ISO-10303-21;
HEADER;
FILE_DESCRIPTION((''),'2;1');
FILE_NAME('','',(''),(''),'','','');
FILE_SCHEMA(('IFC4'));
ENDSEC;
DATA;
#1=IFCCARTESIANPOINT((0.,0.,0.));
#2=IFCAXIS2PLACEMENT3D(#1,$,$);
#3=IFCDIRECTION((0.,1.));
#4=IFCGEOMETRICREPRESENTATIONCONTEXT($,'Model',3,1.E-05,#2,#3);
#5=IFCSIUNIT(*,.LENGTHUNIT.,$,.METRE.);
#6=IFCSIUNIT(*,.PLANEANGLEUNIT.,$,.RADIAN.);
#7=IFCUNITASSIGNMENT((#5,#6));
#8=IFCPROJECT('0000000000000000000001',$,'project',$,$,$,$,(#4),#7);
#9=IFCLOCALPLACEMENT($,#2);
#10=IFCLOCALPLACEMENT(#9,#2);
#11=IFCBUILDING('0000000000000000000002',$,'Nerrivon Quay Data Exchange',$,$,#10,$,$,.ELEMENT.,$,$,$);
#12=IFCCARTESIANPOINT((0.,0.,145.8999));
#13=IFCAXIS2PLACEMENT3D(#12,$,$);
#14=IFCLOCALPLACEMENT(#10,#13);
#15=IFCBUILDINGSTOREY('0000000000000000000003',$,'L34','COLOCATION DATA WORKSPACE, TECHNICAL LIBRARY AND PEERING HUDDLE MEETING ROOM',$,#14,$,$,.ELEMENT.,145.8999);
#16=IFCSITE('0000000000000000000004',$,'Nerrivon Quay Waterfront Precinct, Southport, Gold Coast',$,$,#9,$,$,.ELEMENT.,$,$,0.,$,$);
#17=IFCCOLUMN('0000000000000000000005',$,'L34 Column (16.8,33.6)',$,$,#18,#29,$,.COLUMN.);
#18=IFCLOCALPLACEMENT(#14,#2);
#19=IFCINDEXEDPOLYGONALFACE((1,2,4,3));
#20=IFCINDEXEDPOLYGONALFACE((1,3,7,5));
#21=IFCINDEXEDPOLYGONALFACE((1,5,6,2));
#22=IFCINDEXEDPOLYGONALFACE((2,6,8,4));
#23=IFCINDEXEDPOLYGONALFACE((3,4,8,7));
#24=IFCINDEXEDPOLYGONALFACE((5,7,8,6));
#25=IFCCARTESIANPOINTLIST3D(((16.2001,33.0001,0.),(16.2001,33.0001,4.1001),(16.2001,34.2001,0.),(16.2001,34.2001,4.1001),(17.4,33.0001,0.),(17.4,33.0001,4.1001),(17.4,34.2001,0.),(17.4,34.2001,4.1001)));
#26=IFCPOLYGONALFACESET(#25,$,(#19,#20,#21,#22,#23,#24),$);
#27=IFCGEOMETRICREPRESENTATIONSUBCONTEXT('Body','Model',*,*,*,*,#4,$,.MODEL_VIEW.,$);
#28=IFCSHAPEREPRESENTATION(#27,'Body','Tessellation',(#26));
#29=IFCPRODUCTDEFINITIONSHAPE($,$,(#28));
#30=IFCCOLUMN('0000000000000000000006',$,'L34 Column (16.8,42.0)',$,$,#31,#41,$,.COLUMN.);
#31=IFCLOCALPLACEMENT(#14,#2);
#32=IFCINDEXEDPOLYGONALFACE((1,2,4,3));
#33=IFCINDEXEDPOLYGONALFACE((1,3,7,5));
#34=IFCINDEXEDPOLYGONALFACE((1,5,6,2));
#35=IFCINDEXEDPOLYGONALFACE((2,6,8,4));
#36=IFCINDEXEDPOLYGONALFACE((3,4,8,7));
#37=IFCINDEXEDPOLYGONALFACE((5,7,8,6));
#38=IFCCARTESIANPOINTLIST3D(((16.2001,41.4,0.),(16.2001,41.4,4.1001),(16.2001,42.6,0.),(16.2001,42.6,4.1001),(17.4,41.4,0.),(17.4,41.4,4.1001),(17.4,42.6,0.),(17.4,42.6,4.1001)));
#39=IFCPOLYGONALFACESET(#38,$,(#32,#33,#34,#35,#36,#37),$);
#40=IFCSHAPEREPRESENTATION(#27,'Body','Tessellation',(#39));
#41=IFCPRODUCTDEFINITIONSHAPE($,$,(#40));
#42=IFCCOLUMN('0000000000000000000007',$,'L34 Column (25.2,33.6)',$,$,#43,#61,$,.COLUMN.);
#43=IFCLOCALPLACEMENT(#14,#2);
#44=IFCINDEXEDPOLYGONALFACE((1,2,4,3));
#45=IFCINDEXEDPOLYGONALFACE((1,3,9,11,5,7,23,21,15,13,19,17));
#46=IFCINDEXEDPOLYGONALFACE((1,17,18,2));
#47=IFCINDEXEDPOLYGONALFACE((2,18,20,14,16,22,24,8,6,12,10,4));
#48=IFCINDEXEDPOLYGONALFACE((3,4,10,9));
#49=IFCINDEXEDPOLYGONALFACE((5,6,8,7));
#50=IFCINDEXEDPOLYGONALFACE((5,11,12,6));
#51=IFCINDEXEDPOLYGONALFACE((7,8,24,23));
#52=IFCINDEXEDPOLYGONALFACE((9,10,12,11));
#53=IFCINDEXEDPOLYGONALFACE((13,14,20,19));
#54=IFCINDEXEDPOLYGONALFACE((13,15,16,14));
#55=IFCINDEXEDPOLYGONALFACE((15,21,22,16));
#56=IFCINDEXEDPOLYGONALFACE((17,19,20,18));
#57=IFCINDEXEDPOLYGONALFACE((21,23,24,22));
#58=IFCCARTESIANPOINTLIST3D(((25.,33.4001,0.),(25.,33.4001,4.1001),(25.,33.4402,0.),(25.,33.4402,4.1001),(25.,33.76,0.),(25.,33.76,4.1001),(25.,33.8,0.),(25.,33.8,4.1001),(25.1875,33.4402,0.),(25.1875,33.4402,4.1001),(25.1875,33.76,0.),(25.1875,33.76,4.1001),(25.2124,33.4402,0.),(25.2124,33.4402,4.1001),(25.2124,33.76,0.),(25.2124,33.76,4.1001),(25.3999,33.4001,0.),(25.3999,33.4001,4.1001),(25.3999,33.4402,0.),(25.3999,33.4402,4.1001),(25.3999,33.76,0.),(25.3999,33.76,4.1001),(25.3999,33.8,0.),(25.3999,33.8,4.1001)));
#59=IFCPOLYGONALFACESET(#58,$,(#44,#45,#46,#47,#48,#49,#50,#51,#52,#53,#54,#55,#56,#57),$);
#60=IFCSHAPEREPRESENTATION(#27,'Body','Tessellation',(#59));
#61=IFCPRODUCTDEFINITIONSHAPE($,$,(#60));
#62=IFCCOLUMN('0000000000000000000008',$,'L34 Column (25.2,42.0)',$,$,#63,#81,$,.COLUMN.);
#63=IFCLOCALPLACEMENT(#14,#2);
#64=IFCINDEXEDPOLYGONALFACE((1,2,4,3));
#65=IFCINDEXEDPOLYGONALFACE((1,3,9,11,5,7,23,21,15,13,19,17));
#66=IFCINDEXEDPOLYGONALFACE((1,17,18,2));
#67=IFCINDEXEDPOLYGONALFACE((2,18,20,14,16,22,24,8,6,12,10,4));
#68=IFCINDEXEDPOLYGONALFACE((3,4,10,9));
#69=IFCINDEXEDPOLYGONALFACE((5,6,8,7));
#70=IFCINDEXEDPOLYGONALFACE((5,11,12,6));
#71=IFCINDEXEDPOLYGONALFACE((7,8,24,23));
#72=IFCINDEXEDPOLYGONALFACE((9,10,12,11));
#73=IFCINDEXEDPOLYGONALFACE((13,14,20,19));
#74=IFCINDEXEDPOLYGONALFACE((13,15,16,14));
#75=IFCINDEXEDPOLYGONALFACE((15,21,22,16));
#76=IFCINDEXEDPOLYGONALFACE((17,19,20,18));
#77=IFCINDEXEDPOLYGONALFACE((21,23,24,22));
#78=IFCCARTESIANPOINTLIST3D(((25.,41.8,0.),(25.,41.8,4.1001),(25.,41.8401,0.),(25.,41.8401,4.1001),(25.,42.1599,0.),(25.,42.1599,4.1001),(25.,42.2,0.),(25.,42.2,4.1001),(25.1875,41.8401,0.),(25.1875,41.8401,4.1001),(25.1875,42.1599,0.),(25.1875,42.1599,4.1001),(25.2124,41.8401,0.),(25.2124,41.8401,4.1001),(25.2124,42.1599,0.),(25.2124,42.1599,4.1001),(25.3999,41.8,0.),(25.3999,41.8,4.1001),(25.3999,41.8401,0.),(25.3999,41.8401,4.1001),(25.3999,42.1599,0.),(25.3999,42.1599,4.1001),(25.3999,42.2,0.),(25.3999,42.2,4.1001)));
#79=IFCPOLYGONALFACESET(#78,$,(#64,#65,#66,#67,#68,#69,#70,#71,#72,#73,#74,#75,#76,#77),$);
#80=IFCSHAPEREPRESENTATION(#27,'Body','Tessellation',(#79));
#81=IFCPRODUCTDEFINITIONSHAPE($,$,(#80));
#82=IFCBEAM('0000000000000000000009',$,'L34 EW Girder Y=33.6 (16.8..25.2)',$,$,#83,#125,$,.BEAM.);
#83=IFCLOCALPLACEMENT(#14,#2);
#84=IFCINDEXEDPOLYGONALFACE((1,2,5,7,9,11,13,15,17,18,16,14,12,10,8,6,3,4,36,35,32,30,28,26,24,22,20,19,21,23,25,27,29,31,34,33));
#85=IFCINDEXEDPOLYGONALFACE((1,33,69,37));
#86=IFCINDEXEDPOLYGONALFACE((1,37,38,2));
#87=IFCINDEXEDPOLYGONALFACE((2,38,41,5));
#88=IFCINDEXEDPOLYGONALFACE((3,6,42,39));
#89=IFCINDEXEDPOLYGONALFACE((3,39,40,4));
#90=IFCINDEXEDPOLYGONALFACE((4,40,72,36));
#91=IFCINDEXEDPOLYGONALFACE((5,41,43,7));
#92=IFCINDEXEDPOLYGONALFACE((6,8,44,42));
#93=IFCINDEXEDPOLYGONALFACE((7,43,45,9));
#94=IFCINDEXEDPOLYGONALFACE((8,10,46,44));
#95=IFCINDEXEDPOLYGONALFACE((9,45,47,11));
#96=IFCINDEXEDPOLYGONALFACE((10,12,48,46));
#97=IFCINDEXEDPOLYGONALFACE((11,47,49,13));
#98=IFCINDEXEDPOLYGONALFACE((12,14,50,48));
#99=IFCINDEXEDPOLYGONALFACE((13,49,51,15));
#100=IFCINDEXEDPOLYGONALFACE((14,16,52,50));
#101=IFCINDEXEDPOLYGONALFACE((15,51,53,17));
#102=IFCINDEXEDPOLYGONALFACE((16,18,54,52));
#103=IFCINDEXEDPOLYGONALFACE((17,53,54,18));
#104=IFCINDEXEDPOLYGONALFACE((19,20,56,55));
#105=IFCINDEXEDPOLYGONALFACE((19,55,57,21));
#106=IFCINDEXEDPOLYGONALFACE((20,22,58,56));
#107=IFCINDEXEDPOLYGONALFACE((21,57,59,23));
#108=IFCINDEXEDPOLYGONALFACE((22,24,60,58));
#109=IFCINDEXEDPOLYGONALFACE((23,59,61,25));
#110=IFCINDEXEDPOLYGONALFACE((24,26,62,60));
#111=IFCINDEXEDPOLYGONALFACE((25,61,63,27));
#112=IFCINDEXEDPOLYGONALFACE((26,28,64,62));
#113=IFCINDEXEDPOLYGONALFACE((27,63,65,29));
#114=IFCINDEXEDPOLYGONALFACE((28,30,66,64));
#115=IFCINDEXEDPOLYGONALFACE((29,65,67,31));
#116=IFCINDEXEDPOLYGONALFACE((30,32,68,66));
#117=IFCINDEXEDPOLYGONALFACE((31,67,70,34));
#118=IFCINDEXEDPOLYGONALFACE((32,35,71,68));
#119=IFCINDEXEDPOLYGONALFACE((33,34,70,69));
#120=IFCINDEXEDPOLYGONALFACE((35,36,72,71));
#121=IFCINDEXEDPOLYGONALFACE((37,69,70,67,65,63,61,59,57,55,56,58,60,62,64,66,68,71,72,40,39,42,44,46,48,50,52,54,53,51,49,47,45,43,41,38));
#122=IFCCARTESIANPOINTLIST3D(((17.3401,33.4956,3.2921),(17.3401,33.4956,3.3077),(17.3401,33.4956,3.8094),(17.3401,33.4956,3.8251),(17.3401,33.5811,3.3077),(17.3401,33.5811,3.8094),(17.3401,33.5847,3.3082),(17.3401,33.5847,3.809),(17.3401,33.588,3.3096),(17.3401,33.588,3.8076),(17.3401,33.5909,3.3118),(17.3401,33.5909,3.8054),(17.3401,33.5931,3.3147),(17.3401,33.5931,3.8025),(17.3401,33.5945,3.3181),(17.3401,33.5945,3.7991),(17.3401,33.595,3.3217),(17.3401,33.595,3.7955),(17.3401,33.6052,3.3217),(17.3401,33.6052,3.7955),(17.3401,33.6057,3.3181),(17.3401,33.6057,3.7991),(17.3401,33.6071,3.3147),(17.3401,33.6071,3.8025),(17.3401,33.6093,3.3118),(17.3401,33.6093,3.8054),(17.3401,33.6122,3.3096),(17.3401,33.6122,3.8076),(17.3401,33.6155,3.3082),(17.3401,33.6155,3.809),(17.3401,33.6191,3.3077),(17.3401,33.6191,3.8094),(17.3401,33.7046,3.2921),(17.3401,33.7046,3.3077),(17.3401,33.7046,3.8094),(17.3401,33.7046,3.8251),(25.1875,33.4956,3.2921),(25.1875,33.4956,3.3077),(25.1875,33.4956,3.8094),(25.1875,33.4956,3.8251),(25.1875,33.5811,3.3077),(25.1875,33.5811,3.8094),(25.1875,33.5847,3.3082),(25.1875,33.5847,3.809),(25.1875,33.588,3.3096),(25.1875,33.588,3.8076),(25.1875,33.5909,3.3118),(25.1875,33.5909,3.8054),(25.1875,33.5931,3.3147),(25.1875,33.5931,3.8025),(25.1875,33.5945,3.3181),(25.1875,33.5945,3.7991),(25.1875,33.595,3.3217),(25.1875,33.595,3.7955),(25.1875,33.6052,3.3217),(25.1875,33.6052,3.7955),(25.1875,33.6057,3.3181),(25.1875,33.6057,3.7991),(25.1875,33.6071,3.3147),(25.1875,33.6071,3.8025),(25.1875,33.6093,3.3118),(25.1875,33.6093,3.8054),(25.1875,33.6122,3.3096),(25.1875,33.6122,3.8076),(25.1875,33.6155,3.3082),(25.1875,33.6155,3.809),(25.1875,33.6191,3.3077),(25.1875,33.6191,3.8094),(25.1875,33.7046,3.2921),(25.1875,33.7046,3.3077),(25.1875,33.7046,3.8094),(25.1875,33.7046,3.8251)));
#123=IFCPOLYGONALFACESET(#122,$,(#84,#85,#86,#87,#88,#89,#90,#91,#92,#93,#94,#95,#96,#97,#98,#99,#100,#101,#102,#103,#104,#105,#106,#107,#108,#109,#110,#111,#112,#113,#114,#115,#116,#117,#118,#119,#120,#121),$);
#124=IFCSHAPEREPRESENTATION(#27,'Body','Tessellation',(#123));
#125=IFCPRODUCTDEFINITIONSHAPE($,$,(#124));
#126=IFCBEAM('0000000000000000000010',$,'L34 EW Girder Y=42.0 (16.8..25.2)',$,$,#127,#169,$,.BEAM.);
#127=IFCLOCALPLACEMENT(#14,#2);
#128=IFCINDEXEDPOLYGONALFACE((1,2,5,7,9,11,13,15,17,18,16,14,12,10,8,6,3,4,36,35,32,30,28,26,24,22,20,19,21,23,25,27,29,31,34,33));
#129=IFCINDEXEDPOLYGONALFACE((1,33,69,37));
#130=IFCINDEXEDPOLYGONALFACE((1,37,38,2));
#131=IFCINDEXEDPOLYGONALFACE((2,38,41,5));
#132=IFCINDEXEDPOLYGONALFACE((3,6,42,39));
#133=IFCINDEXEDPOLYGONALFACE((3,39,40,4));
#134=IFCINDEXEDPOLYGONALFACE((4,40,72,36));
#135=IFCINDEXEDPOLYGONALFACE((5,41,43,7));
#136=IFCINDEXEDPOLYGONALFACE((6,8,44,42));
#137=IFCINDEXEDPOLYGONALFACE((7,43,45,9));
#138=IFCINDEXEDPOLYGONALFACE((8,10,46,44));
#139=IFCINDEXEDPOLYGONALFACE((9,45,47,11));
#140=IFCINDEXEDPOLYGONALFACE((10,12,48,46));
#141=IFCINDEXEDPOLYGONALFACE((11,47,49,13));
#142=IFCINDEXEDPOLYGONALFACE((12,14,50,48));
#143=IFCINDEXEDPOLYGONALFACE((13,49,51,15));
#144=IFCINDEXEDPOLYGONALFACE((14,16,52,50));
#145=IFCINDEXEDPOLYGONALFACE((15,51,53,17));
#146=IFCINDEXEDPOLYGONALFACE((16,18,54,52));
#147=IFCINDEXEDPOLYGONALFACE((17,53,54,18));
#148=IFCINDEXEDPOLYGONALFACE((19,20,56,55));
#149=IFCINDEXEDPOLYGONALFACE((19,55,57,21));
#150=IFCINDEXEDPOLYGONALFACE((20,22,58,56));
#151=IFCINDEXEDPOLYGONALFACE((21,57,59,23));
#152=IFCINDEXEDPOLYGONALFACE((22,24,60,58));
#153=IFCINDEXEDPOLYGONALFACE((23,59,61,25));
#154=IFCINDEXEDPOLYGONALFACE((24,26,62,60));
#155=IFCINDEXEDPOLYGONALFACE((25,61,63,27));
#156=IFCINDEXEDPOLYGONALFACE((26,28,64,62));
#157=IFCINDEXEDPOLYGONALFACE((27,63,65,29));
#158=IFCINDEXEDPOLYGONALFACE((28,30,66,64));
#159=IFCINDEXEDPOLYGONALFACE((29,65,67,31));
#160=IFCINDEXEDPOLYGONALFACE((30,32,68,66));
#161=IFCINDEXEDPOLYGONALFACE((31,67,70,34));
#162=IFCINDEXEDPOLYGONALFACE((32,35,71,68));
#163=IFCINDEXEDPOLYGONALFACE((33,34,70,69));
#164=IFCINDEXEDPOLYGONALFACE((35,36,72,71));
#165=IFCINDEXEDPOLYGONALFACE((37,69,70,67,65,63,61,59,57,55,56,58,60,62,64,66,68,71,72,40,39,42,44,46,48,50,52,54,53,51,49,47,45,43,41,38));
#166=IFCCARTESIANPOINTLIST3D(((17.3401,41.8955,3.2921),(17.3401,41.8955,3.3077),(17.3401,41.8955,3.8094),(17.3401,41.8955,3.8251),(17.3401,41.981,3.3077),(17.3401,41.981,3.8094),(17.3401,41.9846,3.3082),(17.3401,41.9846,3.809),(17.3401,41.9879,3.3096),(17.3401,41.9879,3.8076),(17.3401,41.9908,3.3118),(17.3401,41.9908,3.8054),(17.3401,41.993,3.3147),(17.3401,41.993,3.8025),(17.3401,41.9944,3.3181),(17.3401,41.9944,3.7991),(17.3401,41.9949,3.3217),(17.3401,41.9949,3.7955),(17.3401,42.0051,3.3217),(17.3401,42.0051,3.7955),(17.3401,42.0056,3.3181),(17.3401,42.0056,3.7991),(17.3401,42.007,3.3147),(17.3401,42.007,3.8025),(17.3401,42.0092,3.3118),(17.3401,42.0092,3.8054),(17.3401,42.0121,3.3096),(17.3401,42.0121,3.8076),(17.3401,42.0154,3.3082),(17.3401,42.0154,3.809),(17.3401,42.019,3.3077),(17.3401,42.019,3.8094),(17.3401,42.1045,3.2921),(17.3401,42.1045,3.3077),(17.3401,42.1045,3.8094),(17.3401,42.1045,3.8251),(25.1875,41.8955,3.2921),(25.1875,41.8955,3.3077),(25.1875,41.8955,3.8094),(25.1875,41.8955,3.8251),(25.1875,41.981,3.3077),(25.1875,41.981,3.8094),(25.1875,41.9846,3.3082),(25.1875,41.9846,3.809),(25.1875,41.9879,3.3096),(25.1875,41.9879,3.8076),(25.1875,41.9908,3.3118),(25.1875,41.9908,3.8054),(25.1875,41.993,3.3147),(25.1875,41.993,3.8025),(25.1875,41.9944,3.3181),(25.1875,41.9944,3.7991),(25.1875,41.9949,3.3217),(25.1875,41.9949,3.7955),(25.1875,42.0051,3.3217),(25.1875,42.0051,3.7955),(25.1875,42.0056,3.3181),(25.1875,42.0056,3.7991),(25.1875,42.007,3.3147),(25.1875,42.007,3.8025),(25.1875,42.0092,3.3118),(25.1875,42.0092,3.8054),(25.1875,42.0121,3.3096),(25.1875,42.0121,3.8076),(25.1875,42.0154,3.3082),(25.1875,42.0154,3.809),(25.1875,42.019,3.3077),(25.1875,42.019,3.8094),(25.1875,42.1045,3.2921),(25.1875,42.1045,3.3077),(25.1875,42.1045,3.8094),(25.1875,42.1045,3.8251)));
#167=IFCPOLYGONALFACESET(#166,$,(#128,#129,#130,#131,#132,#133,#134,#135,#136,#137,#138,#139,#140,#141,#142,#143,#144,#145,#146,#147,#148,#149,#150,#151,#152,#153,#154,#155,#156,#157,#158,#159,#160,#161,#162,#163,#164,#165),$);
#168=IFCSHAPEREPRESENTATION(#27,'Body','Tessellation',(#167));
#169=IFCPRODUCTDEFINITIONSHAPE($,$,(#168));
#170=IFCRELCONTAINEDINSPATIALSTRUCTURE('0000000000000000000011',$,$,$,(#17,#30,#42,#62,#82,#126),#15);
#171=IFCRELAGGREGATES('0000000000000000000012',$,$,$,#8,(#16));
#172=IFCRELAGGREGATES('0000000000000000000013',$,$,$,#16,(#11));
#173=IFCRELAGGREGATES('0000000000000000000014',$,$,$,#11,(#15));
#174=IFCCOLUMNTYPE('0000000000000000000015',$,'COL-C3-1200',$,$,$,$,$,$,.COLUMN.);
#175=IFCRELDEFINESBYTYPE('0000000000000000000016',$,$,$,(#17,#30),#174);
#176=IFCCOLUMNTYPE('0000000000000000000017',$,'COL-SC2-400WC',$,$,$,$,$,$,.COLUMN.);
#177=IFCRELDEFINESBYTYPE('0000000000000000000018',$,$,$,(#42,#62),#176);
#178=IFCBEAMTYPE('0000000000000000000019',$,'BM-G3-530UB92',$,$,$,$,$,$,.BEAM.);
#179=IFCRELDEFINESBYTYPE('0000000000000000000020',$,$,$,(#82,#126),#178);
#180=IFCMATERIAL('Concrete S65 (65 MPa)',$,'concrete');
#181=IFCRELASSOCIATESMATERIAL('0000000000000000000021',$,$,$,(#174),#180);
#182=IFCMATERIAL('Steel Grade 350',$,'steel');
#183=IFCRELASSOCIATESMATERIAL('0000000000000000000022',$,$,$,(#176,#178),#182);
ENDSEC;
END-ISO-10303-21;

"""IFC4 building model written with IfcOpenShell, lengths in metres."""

from ifc_helpers import new_model, si_unit, direction, frame, origin, origin_2d, place, context, subcontext, project, spatial, rectangle, i_section, extrude, material, material_profile, profile_set, type_object, element, save


model = new_model("IFC4")

# Units and contexts
model_context = context("Model", 3, precision=1e-05, world=origin(), true_north=direction((0.0, 1.0)))
body_context = subcontext(model_context, "Body", "Model", "MODEL_VIEW")
ifc_project = project(units=[si_unit("LENGTHUNIT", "METRE"), si_unit("PLANEANGLEUNIT", "RADIAN")], contexts=[model_context])

# Site, building, storey
site_placement = place(None, origin())
site = spatial("IfcSite", under=ifc_project, at=site_placement, Name="Nerrivon Quay Waterfront Precinct, Southport, Gold Coast", CompositionType="ELEMENT", RefElevation=0.0)
building_placement = place(site_placement, origin())
building = spatial("IfcBuilding", under=site, at=building_placement, Name="Nerrivon Quay Data Exchange", CompositionType="ELEMENT")
storey_placement = place(building_placement, frame((0.0, 0.0, 145.8999)))
storey = spatial("IfcBuildingStorey", under=building, at=storey_placement, Name="L34", Description="COLOCATION DATA WORKSPACE, TECHNICAL LIBRARY AND PEERING HUDDLE MEETING ROOM", CompositionType="ELEMENT", Elevation=145.8999)

# Columns
ifc_material_1 = material(Name="Concrete S65 (65 MPa)", Category="concrete")
ifc_material_profile_1 = material_profile(ifc_material_1, rectangle(XDim=1.2, YDim=1.2, at=origin_2d()), Name="RC-COL-1200x1200")
ifc_profile_set_1 = profile_set([ifc_material_profile_1], Name="Concrete S65 (65 MPa)")
column_type_1 = type_object("IfcColumnType", Name="COL-C3-1200", PredefinedType="COLUMN", material=ifc_profile_set_1)
for number, where, z_axis, x_axis, name in (
    (1, (16.8, 33.6001, 0.0), (0.0, 0.0, 1.0), (1.0, 0.0, 0.0), "L34 Column (16.8,33.6)"),
    (2, (16.8, 42.0, 0.0), (0.0, 0.0, 1.0), (1.0, 0.0, 0.0), "L34 Column (16.8,42.0)"),
):
    element("IfcColumn", number, at=place(storey_placement, frame(where, z_axis=z_axis, x_axis=x_axis)), inside=storey, type_object=column_type_1, Name=name, PredefinedType="COLUMN", context=body_context, shape_type="SweptSolid", body=[
        extrude(rectangle(XDim=1.2, YDim=1.2, at=origin_2d()), origin(), (0.0, 0.0, 1.0), 4.1001),
    ])
ifc_material_2 = material(Name="Steel Grade 350", Category="steel")
ifc_material_profile_2 = material_profile(ifc_material_2, i_section(OverallWidth=0.3999, OverallDepth=0.3999, WebThickness=0.0249, FlangeThickness=0.04, at=origin_2d()), Name="400WC328")
ifc_profile_set_2 = profile_set([ifc_material_profile_2], Name="Steel Grade 350")
column_type_2 = type_object("IfcColumnType", Name="COL-SC2-400WC", PredefinedType="COLUMN", material=ifc_profile_set_2)
for number, where, z_axis, x_axis, name in (
    (3, (25.2, 33.6001, 0.0), (0.0, 0.0, 1.0), (1.0, 0.0, 0.0), "L34 Column (25.2,33.6)"),
    (4, (25.2, 42.0, 0.0), (0.0, 0.0, 1.0), (1.0, 0.0, 0.0), "L34 Column (25.2,42.0)"),
):
    element("IfcColumn", number, at=place(storey_placement, frame(where, z_axis=z_axis, x_axis=x_axis)), inside=storey, type_object=column_type_2, Name=name, PredefinedType="COLUMN", context=body_context, shape_type="SweptSolid", body=[
        extrude(i_section(OverallWidth=0.3999, OverallDepth=0.3999, WebThickness=0.0249, FlangeThickness=0.04, at=origin_2d()), origin(), (0.0, 0.0, 1.0), 4.1001),
    ])

# Beams
ifc_material_profile_3 = material_profile(ifc_material_2, i_section(OverallWidth=0.209, OverallDepth=0.533, WebThickness=0.0103, FlangeThickness=0.0156, FilletRadius=0.0139, at=origin_2d()), Name="530UB92.4")
ifc_profile_set_3 = profile_set([ifc_material_profile_3], Name="Steel Grade 350")
beam_type_1 = type_object("IfcBeamType", Name="BM-G3-530UB92", PredefinedType="BEAM", material=ifc_profile_set_3)
for number, where, z_axis, x_axis, name in (
    (5, (17.3401, 33.6001, 3.5586), (1.0, 0.0, 0.0), (0.0, 1.0, 0.0), "L34 EW Girder Y=33.6 (16.8..25.2)"),
    (6, (17.3401, 42.0, 3.5586), (1.0, 0.0, 0.0), (0.0, 1.0, 0.0), "L34 EW Girder Y=42.0 (16.8..25.2)"),
):
    element("IfcBeam", number, at=place(storey_placement, frame(where, z_axis=z_axis, x_axis=x_axis)), inside=storey, type_object=beam_type_1, Name=name, PredefinedType="BEAM", context=body_context, shape_type="SweptSolid", body=[
        extrude(i_section(OverallWidth=0.209, OverallDepth=0.533, WebThickness=0.0103, FlangeThickness=0.0156, FilletRadius=0.0139, at=origin_2d()), origin(), (0.0, 0.0, 1.0), 7.8474),
    ])

save(model, "model.ifc")
